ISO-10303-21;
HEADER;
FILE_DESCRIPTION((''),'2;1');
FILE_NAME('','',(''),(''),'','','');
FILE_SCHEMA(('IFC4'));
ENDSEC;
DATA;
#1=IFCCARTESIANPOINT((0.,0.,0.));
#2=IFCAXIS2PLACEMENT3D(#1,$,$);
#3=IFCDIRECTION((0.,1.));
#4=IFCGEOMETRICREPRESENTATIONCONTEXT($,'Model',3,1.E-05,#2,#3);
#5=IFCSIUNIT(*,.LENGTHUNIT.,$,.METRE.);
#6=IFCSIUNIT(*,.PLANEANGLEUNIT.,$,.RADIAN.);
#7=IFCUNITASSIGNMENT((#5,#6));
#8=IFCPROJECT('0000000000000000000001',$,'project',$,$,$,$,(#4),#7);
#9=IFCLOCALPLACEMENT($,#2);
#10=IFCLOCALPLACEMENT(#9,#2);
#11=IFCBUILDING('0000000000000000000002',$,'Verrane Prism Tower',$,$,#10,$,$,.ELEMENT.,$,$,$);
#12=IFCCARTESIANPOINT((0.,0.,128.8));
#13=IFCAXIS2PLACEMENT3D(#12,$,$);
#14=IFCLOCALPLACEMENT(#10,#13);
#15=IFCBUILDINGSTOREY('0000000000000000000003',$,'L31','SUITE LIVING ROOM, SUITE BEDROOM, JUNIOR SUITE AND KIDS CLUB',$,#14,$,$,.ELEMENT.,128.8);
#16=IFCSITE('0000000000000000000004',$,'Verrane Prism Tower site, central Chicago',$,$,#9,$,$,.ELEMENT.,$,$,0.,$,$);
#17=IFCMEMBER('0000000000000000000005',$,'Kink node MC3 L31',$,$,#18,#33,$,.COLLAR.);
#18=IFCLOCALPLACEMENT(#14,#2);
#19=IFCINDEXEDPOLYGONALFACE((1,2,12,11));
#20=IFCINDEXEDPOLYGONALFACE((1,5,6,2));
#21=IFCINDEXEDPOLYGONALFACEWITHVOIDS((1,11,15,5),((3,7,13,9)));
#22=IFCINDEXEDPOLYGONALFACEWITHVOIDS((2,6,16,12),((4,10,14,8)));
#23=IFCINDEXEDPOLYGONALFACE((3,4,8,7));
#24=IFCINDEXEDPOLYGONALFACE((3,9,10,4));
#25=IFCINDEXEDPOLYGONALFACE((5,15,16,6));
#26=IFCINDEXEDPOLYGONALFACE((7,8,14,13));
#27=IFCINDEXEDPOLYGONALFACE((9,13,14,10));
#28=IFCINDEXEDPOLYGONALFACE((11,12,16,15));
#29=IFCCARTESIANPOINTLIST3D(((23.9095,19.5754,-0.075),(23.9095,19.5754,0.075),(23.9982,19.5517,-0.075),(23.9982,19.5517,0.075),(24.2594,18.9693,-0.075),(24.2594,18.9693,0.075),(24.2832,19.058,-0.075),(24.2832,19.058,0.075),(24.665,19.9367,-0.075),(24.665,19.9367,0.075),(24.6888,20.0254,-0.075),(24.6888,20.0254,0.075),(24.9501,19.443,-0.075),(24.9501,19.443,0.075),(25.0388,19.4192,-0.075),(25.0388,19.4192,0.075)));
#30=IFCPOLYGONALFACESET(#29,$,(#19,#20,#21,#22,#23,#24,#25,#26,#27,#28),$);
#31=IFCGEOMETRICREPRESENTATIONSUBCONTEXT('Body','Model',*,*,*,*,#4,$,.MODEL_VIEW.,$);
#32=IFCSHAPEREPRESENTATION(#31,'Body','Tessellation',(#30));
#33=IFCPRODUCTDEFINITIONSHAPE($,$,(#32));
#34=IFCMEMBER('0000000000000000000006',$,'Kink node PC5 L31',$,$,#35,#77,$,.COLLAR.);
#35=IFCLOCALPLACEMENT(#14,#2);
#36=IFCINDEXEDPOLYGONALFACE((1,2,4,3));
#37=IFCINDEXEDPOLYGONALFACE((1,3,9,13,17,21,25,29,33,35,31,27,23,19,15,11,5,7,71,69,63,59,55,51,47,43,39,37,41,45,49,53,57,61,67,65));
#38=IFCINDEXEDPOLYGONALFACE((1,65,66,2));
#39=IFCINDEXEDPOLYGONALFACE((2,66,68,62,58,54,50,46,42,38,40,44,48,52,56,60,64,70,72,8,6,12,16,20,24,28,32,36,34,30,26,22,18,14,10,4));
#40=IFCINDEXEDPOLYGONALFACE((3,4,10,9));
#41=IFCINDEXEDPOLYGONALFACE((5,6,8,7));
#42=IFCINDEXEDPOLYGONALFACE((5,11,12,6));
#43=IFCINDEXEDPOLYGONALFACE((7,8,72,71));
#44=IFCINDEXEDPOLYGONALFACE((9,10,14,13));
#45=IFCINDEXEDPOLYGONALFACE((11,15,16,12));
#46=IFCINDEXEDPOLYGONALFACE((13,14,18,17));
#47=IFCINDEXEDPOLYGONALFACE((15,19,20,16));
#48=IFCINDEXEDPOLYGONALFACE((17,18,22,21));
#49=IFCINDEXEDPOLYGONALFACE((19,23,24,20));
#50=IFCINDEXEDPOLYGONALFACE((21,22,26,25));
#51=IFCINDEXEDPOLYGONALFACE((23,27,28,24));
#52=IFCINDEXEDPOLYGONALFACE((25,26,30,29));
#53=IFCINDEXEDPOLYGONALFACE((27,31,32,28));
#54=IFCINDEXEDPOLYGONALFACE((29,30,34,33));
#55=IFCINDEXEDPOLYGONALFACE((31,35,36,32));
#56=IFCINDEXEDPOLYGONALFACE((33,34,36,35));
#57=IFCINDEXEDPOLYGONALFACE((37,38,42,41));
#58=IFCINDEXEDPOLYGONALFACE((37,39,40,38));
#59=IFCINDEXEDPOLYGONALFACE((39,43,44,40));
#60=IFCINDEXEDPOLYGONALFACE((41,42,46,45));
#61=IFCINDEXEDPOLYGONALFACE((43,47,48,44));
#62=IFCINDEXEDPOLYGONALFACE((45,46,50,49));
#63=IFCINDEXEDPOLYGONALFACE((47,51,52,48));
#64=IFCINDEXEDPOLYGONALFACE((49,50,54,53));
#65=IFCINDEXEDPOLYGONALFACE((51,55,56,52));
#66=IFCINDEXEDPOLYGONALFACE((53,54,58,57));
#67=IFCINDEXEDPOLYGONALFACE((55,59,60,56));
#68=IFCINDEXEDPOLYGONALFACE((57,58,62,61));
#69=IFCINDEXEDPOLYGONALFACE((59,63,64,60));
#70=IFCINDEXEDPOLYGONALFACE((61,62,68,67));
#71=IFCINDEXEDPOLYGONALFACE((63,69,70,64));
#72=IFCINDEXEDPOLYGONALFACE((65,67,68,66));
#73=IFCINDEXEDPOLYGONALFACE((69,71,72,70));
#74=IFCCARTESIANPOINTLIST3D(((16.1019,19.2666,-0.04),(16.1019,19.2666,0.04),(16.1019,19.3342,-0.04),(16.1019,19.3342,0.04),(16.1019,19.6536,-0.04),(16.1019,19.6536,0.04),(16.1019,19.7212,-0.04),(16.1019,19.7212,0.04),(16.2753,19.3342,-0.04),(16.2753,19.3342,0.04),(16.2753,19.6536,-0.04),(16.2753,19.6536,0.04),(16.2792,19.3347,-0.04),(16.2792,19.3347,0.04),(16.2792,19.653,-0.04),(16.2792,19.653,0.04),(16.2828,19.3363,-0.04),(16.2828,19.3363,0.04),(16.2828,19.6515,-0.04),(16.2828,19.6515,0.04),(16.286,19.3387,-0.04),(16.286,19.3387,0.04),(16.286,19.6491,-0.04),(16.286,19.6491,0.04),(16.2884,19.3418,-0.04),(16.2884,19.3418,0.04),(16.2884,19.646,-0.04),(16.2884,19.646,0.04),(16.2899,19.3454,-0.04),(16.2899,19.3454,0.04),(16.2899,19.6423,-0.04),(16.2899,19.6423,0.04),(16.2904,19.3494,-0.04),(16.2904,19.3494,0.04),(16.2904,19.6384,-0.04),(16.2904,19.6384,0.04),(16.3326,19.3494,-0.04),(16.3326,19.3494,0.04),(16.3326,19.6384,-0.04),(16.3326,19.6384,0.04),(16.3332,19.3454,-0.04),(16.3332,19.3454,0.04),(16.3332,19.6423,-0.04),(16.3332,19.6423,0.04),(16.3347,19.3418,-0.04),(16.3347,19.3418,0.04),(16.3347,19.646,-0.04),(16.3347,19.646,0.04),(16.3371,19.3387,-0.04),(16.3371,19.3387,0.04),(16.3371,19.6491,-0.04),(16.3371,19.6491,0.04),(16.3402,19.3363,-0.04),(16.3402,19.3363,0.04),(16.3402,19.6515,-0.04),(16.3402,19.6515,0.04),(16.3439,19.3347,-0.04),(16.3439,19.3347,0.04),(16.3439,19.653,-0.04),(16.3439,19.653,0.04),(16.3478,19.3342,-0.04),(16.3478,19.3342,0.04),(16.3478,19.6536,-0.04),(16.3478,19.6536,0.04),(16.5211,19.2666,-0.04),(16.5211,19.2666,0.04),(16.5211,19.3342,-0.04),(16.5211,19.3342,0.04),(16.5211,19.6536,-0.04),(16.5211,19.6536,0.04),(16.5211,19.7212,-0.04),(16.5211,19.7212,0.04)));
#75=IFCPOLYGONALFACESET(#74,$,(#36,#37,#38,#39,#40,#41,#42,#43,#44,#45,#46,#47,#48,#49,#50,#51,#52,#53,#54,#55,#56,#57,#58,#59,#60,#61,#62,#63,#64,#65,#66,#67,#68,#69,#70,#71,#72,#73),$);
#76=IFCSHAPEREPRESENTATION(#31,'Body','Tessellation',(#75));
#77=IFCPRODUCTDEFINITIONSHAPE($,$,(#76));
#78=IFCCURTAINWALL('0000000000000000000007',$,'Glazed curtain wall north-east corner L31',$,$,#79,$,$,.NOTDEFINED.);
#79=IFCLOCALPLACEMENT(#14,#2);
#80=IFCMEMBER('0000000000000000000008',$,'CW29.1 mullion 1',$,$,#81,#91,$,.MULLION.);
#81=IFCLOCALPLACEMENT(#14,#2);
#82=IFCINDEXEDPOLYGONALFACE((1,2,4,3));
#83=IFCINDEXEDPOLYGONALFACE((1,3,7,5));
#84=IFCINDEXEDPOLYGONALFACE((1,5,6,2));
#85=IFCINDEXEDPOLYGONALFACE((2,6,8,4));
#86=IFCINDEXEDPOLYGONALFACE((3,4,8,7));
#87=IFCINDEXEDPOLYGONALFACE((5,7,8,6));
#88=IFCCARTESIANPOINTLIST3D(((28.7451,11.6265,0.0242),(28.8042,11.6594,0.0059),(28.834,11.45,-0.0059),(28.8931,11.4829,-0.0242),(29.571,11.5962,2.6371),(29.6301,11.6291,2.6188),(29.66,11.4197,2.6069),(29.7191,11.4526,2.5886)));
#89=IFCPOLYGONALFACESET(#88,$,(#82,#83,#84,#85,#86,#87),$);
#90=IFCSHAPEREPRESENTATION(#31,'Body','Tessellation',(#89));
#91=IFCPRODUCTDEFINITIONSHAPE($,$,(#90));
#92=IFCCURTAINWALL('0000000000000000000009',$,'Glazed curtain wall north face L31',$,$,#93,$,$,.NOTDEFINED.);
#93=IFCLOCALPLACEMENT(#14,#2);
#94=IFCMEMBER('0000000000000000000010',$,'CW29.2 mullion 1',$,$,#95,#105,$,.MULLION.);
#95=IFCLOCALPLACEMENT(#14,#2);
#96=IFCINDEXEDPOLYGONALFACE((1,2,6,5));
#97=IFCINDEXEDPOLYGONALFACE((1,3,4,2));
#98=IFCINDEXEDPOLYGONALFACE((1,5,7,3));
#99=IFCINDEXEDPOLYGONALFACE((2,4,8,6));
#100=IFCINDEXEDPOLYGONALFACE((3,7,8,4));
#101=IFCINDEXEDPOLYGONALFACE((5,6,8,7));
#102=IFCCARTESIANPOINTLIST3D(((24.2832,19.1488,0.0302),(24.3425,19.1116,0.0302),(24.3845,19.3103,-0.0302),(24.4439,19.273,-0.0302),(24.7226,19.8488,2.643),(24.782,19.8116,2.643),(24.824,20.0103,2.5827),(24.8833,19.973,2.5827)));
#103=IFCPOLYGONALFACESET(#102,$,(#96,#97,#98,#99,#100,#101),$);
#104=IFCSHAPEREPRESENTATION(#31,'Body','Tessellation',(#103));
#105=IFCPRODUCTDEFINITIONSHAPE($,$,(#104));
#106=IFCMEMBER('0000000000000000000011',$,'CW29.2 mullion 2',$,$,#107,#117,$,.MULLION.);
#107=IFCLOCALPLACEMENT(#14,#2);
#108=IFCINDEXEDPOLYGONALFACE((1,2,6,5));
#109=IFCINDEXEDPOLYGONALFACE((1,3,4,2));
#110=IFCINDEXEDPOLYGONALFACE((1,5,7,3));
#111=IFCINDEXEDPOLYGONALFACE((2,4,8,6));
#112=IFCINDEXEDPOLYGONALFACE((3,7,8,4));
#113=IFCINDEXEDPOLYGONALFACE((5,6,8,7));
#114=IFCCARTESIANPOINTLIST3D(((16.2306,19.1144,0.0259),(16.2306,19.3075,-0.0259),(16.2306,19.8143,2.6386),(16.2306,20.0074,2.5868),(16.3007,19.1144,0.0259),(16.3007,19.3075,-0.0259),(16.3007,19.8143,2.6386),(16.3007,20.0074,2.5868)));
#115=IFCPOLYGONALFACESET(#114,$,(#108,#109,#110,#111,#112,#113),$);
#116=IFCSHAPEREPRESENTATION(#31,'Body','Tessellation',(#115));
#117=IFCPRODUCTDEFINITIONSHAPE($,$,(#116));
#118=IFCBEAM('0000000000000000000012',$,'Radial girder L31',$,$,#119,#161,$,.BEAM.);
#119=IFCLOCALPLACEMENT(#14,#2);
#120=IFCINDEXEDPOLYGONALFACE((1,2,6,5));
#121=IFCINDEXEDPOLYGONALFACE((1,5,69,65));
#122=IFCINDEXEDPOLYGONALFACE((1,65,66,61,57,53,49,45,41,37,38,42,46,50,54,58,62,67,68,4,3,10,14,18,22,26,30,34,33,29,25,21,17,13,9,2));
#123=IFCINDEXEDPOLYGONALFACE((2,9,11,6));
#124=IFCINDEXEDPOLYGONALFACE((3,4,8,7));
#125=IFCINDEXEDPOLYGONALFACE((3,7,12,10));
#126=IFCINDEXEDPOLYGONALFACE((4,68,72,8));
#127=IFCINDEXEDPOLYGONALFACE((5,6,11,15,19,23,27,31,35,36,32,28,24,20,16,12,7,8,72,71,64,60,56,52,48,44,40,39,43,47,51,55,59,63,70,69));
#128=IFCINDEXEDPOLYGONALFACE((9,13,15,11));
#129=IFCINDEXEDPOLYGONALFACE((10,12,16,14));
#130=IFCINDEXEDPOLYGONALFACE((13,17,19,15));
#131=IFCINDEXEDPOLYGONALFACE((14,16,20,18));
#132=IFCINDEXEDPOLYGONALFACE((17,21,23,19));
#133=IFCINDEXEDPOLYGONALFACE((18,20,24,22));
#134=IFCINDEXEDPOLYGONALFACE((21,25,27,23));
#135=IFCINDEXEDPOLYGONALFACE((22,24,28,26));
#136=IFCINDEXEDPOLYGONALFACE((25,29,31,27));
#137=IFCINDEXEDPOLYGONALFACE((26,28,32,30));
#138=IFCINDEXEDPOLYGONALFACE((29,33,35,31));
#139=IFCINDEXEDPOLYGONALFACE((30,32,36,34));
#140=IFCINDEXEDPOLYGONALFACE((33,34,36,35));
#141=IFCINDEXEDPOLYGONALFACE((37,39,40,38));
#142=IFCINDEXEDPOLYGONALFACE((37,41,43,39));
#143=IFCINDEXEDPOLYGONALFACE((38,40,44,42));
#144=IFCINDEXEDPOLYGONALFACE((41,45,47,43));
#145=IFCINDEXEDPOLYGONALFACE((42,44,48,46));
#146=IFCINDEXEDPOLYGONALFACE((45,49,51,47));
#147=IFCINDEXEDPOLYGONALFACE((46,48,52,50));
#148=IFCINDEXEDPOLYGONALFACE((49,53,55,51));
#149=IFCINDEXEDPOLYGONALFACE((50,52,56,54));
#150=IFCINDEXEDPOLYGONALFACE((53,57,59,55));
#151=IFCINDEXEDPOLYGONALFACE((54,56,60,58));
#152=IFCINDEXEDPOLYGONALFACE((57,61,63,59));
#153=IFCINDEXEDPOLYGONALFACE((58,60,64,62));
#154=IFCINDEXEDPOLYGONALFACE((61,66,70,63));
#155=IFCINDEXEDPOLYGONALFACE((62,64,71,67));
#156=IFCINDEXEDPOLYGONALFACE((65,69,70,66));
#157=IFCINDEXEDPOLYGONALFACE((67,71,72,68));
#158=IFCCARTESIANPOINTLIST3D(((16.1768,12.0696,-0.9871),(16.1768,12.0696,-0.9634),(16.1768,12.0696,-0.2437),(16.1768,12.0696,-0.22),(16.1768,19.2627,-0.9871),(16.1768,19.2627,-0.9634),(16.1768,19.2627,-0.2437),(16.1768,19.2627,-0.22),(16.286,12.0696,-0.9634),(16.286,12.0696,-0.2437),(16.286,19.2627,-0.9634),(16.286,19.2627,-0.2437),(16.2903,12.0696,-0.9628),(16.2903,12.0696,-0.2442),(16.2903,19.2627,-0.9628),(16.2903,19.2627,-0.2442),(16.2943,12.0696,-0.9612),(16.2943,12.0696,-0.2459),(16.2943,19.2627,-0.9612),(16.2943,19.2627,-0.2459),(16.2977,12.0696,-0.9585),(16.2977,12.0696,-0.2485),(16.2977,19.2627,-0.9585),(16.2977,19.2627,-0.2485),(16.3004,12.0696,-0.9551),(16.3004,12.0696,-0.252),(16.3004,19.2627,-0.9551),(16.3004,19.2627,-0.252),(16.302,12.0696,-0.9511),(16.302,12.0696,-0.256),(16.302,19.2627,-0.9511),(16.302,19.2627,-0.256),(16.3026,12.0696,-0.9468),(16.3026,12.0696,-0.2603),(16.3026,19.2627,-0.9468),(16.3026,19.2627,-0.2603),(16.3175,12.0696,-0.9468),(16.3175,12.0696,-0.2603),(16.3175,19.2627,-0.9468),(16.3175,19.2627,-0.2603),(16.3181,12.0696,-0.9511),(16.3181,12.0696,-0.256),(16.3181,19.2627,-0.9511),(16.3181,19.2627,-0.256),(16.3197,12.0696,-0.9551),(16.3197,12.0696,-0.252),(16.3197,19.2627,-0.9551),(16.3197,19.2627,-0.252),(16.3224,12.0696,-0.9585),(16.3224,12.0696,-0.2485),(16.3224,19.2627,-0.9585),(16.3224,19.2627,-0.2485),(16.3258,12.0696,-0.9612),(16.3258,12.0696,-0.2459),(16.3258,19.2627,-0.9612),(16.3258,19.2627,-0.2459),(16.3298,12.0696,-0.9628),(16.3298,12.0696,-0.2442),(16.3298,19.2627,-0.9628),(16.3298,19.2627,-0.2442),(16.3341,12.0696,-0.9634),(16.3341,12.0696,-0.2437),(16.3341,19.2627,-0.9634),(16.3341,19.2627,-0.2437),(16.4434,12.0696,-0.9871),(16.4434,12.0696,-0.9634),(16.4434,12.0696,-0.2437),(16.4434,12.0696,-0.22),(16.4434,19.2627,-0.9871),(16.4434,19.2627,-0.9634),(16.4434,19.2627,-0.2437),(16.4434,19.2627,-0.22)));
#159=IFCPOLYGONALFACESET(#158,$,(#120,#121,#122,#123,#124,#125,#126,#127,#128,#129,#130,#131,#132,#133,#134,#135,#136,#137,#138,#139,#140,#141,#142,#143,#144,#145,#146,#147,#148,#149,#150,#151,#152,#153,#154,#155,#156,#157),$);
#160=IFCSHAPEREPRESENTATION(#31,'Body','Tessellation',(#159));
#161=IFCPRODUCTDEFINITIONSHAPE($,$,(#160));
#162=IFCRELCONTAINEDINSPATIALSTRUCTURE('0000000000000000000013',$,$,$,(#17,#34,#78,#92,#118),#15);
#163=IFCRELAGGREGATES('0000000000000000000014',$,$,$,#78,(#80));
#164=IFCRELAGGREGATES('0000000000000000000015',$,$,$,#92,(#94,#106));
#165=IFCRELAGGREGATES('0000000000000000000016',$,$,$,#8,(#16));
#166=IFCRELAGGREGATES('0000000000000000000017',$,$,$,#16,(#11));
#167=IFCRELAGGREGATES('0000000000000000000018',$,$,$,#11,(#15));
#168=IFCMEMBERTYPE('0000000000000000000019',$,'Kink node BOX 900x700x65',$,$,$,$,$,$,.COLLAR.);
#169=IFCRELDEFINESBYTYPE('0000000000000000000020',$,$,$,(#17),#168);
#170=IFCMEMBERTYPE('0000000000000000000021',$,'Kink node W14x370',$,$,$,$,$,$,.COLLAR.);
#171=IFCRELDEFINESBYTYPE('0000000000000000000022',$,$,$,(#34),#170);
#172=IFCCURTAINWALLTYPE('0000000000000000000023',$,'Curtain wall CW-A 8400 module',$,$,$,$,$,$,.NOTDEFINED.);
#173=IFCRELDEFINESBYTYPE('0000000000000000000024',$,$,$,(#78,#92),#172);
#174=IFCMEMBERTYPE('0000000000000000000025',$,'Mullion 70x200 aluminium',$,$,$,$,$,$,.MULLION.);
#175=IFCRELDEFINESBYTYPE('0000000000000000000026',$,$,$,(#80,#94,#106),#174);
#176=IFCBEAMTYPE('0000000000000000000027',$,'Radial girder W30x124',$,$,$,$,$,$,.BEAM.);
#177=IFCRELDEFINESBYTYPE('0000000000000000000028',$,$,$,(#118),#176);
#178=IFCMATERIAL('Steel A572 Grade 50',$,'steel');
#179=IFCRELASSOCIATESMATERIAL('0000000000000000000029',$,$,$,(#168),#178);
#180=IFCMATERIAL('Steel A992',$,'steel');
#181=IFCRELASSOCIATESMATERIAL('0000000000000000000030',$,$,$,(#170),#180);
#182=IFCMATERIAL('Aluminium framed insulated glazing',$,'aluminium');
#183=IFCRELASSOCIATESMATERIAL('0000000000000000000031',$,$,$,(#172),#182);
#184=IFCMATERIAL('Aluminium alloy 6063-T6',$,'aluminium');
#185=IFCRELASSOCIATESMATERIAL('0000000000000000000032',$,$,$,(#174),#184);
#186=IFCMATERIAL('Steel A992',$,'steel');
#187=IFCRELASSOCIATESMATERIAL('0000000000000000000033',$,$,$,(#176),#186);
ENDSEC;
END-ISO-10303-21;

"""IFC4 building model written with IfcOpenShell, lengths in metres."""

from ifc_helpers import new_model, si_unit, direction, frame, origin, origin_2d, place, context, subcontext, project, spatial, rectangle, hollow_rectangle, i_section, extrude, material, material_profile, profile_set, type_object, element, aggregate, save


model = new_model("IFC4")

# Units and contexts
model_context = context("Model", 3, precision=1e-05, world=origin(), true_north=direction((0.0, 1.0)))
body_context = subcontext(model_context, "Body", "Model", "MODEL_VIEW")
ifc_project = project(units=[si_unit("LENGTHUNIT", "METRE"), si_unit("PLANEANGLEUNIT", "RADIAN")], contexts=[model_context])

# Site, building, storey
site_placement = place(None, origin())
site = spatial("IfcSite", under=ifc_project, at=site_placement, Name="Verrane Prism Tower site, central Chicago", CompositionType="ELEMENT", RefElevation=0.0)
building_placement = place(site_placement, origin())
building = spatial("IfcBuilding", under=site, at=building_placement, Name="Verrane Prism Tower", CompositionType="ELEMENT")
storey_placement = place(building_placement, frame((0.0, 0.0, 128.8)))
storey = spatial("IfcBuildingStorey", under=building, at=storey_placement, Name="L31", Description="SUITE LIVING ROOM, SUITE BEDROOM, JUNIOR SUITE AND KIDS CLUB", CompositionType="ELEMENT", Elevation=128.8)

# Members
ifc_material_1 = material(Name="Steel A572 Grade 50", Category="steel")
ifc_material_profile_1 = material_profile(ifc_material_1, hollow_rectangle(XDim=0.7, YDim=0.8999, WallThickness=0.0649, at=origin_2d()), Name="BOX 900x700x65")
ifc_profile_set_1 = profile_set([ifc_material_profile_1], Name="Steel A572 Grade 50")
member_type_1 = type_object("IfcMemberType", Name="Kink node BOX 900x700x65", PredefinedType="COLLAR", material=ifc_profile_set_1)
for number, where, z_axis, x_axis, name in (
    (1, (24.4741, 19.4973, -0.075), (0.0, 0.0, 1.0), (0.5, -0.866025, 0.0), "Kink node MC3 L31"),
):
    element("IfcMember", number, at=place(storey_placement, frame(where, z_axis=z_axis, x_axis=x_axis)), inside=storey, type_object=member_type_1, Name=name, PredefinedType="COLLAR", context=body_context, shape_type="SweptSolid", body=[
        extrude(hollow_rectangle(XDim=0.7, YDim=0.8999, WallThickness=0.0649, at=origin_2d()), origin(), (0.0, 0.0, 1.0), 0.1499),
    ])
ifc_material_2 = material(Name="Steel A992", Category="steel")
ifc_material_profile_2 = material_profile(ifc_material_2, i_section(OverallWidth=0.4192, OverallDepth=0.4546, WebThickness=0.0422, FlangeThickness=0.0676, FilletRadius=0.0151, at=origin_2d()), Name="W14x370")
ifc_profile_set_2 = profile_set([ifc_material_profile_2], Name="Steel A992")
member_type_2 = type_object("IfcMemberType", Name="Kink node W14x370", PredefinedType="COLLAR", material=ifc_profile_set_2)
member_1_placement = place(storey_placement, frame((16.3115, 19.4939, -0.04), z_axis=(0.0, 0.0, 1.0), x_axis=(1.0, 0.0, 0.0)))
element("IfcMember", 2, at=member_1_placement, inside=storey, type_object=member_type_2, Name="Kink node PC5 L31", PredefinedType="COLLAR", context=body_context, shape_type="SweptSolid", body=[
    extrude(i_section(OverallWidth=0.4192, OverallDepth=0.4546, WebThickness=0.0422, FlangeThickness=0.0676, FilletRadius=0.0151, at=origin_2d()), origin(), (0.0, 0.0, 1.0), 0.0801),
])

# Curtain wall, member
ifc_material_3 = material(Name="Aluminium framed insulated glazing", Category="aluminium")
curtain_wall_type = type_object("IfcCurtainWallType", Name="Curtain wall CW-A 8400 module", PredefinedType="NOTDEFINED", material=ifc_material_3)
curtain_wall_1_placement = place(storey_placement, origin())
curtain_wall_1 = element("IfcCurtainWall", 3, at=curtain_wall_1_placement, inside=storey, type_object=curtain_wall_type, Name="Glazed curtain wall north-east corner L31", PredefinedType="NOTDEFINED")
ifc_material_4 = material(Name="Aluminium alloy 6063-T6", Category="aluminium")
ifc_material_profile_3 = material_profile(ifc_material_4, rectangle(XDim=0.2, YDim=0.0701, at=origin_2d()), Name="Mullion 70x200 aluminium")
ifc_profile_set_3 = profile_set([ifc_material_profile_3], Name="Aluminium alloy 6063-T6")
member_type_3 = type_object("IfcMemberType", Name="Mullion 70x200 aluminium", PredefinedType="MULLION", material=ifc_profile_set_3)
member_2_placement = place(storey_placement, frame((28.8191, 11.5547, 0.0), z_axis=(0.30139, -0.011047, 0.953437), x_axis=(0.444675, -0.882907, -0.150796)))
member_2 = element("IfcMember", 4, at=member_2_placement, type_object=member_type_3, Name="CW29.1 mullion 1", PredefinedType="MULLION", context=body_context, shape_type="SweptSolid", body=[
    extrude(rectangle(XDim=0.2, YDim=0.0701, at=origin_2d()), origin(), (0.0, 0.0, 1.0), 2.7405),
])

# Curtain wall, members
curtain_wall_2_placement = place(storey_placement, origin())
curtain_wall_2 = element("IfcCurtainWall", 5, at=curtain_wall_2_placement, inside=storey, type_object=curtain_wall_type, Name="Glazed curtain wall north face L31", PredefinedType="NOTDEFINED")
member_3_placement = place(storey_placement, frame((24.3635, 19.2109, 0.0), z_axis=(0.160362, 0.25542, 0.953438), x_axis=(0.506966, 0.807484, -0.301588)))
member_3 = element("IfcMember", 6, at=member_3_placement, type_object=member_type_3, Name="CW29.2 mullion 1", PredefinedType="MULLION", context=body_context, shape_type="SweptSolid", body=[
    extrude(rectangle(XDim=0.2, YDim=0.0701, at=origin_2d()), origin(), (0.0, 0.0, 1.0), 2.7405),
])
member_4_placement = place(storey_placement, frame((16.2656, 19.2109, 0.0), z_axis=(0.0, 0.258769, 0.965939), x_axis=(0.0, 0.965939, -0.258769)))
member_4 = element("IfcMember", 7, at=member_4_placement, type_object=member_type_3, Name="CW29.2 mullion 2", PredefinedType="MULLION", context=body_context, shape_type="SweptSolid", body=[
    extrude(rectangle(XDim=0.2, YDim=0.0701, at=origin_2d()), origin(), (0.0, 0.0, 1.0), 2.7048),
])

# Beam
ifc_material_5 = material(Name="Steel A992", Category="steel")
ifc_material_profile_4 = material_profile(ifc_material_5, i_section(OverallWidth=0.2666, OverallDepth=0.7671, WebThickness=0.0149, FlangeThickness=0.0237, FilletRadius=0.0166, at=origin_2d()), Name="W30x124")
ifc_profile_set_4 = profile_set([ifc_material_profile_4], Name="Steel A992")
beam_type_1 = type_object("IfcBeamType", Name="Radial girder W30x124", PredefinedType="BEAM", material=ifc_profile_set_4)
beam_1_placement = place(storey_placement, frame((16.3101, 19.2627, -0.6035), z_axis=(0.0, -1.0, 0.0), x_axis=(1.0, 0.0, 0.0)))
element("IfcBeam", 8, at=beam_1_placement, inside=storey, type_object=beam_type_1, Name="Radial girder L31", PredefinedType="BEAM", context=body_context, shape_type="SweptSolid", body=[
    extrude(i_section(OverallWidth=0.2666, OverallDepth=0.7671, WebThickness=0.0149, FlangeThickness=0.0237, FilletRadius=0.0166, at=origin_2d()), origin(), (0.0, 0.0, 1.0), 7.1931),
])

aggregate(curtain_wall_1, [member_2])
aggregate(curtain_wall_2, [member_3, member_4])

save(model, "model.ifc")
